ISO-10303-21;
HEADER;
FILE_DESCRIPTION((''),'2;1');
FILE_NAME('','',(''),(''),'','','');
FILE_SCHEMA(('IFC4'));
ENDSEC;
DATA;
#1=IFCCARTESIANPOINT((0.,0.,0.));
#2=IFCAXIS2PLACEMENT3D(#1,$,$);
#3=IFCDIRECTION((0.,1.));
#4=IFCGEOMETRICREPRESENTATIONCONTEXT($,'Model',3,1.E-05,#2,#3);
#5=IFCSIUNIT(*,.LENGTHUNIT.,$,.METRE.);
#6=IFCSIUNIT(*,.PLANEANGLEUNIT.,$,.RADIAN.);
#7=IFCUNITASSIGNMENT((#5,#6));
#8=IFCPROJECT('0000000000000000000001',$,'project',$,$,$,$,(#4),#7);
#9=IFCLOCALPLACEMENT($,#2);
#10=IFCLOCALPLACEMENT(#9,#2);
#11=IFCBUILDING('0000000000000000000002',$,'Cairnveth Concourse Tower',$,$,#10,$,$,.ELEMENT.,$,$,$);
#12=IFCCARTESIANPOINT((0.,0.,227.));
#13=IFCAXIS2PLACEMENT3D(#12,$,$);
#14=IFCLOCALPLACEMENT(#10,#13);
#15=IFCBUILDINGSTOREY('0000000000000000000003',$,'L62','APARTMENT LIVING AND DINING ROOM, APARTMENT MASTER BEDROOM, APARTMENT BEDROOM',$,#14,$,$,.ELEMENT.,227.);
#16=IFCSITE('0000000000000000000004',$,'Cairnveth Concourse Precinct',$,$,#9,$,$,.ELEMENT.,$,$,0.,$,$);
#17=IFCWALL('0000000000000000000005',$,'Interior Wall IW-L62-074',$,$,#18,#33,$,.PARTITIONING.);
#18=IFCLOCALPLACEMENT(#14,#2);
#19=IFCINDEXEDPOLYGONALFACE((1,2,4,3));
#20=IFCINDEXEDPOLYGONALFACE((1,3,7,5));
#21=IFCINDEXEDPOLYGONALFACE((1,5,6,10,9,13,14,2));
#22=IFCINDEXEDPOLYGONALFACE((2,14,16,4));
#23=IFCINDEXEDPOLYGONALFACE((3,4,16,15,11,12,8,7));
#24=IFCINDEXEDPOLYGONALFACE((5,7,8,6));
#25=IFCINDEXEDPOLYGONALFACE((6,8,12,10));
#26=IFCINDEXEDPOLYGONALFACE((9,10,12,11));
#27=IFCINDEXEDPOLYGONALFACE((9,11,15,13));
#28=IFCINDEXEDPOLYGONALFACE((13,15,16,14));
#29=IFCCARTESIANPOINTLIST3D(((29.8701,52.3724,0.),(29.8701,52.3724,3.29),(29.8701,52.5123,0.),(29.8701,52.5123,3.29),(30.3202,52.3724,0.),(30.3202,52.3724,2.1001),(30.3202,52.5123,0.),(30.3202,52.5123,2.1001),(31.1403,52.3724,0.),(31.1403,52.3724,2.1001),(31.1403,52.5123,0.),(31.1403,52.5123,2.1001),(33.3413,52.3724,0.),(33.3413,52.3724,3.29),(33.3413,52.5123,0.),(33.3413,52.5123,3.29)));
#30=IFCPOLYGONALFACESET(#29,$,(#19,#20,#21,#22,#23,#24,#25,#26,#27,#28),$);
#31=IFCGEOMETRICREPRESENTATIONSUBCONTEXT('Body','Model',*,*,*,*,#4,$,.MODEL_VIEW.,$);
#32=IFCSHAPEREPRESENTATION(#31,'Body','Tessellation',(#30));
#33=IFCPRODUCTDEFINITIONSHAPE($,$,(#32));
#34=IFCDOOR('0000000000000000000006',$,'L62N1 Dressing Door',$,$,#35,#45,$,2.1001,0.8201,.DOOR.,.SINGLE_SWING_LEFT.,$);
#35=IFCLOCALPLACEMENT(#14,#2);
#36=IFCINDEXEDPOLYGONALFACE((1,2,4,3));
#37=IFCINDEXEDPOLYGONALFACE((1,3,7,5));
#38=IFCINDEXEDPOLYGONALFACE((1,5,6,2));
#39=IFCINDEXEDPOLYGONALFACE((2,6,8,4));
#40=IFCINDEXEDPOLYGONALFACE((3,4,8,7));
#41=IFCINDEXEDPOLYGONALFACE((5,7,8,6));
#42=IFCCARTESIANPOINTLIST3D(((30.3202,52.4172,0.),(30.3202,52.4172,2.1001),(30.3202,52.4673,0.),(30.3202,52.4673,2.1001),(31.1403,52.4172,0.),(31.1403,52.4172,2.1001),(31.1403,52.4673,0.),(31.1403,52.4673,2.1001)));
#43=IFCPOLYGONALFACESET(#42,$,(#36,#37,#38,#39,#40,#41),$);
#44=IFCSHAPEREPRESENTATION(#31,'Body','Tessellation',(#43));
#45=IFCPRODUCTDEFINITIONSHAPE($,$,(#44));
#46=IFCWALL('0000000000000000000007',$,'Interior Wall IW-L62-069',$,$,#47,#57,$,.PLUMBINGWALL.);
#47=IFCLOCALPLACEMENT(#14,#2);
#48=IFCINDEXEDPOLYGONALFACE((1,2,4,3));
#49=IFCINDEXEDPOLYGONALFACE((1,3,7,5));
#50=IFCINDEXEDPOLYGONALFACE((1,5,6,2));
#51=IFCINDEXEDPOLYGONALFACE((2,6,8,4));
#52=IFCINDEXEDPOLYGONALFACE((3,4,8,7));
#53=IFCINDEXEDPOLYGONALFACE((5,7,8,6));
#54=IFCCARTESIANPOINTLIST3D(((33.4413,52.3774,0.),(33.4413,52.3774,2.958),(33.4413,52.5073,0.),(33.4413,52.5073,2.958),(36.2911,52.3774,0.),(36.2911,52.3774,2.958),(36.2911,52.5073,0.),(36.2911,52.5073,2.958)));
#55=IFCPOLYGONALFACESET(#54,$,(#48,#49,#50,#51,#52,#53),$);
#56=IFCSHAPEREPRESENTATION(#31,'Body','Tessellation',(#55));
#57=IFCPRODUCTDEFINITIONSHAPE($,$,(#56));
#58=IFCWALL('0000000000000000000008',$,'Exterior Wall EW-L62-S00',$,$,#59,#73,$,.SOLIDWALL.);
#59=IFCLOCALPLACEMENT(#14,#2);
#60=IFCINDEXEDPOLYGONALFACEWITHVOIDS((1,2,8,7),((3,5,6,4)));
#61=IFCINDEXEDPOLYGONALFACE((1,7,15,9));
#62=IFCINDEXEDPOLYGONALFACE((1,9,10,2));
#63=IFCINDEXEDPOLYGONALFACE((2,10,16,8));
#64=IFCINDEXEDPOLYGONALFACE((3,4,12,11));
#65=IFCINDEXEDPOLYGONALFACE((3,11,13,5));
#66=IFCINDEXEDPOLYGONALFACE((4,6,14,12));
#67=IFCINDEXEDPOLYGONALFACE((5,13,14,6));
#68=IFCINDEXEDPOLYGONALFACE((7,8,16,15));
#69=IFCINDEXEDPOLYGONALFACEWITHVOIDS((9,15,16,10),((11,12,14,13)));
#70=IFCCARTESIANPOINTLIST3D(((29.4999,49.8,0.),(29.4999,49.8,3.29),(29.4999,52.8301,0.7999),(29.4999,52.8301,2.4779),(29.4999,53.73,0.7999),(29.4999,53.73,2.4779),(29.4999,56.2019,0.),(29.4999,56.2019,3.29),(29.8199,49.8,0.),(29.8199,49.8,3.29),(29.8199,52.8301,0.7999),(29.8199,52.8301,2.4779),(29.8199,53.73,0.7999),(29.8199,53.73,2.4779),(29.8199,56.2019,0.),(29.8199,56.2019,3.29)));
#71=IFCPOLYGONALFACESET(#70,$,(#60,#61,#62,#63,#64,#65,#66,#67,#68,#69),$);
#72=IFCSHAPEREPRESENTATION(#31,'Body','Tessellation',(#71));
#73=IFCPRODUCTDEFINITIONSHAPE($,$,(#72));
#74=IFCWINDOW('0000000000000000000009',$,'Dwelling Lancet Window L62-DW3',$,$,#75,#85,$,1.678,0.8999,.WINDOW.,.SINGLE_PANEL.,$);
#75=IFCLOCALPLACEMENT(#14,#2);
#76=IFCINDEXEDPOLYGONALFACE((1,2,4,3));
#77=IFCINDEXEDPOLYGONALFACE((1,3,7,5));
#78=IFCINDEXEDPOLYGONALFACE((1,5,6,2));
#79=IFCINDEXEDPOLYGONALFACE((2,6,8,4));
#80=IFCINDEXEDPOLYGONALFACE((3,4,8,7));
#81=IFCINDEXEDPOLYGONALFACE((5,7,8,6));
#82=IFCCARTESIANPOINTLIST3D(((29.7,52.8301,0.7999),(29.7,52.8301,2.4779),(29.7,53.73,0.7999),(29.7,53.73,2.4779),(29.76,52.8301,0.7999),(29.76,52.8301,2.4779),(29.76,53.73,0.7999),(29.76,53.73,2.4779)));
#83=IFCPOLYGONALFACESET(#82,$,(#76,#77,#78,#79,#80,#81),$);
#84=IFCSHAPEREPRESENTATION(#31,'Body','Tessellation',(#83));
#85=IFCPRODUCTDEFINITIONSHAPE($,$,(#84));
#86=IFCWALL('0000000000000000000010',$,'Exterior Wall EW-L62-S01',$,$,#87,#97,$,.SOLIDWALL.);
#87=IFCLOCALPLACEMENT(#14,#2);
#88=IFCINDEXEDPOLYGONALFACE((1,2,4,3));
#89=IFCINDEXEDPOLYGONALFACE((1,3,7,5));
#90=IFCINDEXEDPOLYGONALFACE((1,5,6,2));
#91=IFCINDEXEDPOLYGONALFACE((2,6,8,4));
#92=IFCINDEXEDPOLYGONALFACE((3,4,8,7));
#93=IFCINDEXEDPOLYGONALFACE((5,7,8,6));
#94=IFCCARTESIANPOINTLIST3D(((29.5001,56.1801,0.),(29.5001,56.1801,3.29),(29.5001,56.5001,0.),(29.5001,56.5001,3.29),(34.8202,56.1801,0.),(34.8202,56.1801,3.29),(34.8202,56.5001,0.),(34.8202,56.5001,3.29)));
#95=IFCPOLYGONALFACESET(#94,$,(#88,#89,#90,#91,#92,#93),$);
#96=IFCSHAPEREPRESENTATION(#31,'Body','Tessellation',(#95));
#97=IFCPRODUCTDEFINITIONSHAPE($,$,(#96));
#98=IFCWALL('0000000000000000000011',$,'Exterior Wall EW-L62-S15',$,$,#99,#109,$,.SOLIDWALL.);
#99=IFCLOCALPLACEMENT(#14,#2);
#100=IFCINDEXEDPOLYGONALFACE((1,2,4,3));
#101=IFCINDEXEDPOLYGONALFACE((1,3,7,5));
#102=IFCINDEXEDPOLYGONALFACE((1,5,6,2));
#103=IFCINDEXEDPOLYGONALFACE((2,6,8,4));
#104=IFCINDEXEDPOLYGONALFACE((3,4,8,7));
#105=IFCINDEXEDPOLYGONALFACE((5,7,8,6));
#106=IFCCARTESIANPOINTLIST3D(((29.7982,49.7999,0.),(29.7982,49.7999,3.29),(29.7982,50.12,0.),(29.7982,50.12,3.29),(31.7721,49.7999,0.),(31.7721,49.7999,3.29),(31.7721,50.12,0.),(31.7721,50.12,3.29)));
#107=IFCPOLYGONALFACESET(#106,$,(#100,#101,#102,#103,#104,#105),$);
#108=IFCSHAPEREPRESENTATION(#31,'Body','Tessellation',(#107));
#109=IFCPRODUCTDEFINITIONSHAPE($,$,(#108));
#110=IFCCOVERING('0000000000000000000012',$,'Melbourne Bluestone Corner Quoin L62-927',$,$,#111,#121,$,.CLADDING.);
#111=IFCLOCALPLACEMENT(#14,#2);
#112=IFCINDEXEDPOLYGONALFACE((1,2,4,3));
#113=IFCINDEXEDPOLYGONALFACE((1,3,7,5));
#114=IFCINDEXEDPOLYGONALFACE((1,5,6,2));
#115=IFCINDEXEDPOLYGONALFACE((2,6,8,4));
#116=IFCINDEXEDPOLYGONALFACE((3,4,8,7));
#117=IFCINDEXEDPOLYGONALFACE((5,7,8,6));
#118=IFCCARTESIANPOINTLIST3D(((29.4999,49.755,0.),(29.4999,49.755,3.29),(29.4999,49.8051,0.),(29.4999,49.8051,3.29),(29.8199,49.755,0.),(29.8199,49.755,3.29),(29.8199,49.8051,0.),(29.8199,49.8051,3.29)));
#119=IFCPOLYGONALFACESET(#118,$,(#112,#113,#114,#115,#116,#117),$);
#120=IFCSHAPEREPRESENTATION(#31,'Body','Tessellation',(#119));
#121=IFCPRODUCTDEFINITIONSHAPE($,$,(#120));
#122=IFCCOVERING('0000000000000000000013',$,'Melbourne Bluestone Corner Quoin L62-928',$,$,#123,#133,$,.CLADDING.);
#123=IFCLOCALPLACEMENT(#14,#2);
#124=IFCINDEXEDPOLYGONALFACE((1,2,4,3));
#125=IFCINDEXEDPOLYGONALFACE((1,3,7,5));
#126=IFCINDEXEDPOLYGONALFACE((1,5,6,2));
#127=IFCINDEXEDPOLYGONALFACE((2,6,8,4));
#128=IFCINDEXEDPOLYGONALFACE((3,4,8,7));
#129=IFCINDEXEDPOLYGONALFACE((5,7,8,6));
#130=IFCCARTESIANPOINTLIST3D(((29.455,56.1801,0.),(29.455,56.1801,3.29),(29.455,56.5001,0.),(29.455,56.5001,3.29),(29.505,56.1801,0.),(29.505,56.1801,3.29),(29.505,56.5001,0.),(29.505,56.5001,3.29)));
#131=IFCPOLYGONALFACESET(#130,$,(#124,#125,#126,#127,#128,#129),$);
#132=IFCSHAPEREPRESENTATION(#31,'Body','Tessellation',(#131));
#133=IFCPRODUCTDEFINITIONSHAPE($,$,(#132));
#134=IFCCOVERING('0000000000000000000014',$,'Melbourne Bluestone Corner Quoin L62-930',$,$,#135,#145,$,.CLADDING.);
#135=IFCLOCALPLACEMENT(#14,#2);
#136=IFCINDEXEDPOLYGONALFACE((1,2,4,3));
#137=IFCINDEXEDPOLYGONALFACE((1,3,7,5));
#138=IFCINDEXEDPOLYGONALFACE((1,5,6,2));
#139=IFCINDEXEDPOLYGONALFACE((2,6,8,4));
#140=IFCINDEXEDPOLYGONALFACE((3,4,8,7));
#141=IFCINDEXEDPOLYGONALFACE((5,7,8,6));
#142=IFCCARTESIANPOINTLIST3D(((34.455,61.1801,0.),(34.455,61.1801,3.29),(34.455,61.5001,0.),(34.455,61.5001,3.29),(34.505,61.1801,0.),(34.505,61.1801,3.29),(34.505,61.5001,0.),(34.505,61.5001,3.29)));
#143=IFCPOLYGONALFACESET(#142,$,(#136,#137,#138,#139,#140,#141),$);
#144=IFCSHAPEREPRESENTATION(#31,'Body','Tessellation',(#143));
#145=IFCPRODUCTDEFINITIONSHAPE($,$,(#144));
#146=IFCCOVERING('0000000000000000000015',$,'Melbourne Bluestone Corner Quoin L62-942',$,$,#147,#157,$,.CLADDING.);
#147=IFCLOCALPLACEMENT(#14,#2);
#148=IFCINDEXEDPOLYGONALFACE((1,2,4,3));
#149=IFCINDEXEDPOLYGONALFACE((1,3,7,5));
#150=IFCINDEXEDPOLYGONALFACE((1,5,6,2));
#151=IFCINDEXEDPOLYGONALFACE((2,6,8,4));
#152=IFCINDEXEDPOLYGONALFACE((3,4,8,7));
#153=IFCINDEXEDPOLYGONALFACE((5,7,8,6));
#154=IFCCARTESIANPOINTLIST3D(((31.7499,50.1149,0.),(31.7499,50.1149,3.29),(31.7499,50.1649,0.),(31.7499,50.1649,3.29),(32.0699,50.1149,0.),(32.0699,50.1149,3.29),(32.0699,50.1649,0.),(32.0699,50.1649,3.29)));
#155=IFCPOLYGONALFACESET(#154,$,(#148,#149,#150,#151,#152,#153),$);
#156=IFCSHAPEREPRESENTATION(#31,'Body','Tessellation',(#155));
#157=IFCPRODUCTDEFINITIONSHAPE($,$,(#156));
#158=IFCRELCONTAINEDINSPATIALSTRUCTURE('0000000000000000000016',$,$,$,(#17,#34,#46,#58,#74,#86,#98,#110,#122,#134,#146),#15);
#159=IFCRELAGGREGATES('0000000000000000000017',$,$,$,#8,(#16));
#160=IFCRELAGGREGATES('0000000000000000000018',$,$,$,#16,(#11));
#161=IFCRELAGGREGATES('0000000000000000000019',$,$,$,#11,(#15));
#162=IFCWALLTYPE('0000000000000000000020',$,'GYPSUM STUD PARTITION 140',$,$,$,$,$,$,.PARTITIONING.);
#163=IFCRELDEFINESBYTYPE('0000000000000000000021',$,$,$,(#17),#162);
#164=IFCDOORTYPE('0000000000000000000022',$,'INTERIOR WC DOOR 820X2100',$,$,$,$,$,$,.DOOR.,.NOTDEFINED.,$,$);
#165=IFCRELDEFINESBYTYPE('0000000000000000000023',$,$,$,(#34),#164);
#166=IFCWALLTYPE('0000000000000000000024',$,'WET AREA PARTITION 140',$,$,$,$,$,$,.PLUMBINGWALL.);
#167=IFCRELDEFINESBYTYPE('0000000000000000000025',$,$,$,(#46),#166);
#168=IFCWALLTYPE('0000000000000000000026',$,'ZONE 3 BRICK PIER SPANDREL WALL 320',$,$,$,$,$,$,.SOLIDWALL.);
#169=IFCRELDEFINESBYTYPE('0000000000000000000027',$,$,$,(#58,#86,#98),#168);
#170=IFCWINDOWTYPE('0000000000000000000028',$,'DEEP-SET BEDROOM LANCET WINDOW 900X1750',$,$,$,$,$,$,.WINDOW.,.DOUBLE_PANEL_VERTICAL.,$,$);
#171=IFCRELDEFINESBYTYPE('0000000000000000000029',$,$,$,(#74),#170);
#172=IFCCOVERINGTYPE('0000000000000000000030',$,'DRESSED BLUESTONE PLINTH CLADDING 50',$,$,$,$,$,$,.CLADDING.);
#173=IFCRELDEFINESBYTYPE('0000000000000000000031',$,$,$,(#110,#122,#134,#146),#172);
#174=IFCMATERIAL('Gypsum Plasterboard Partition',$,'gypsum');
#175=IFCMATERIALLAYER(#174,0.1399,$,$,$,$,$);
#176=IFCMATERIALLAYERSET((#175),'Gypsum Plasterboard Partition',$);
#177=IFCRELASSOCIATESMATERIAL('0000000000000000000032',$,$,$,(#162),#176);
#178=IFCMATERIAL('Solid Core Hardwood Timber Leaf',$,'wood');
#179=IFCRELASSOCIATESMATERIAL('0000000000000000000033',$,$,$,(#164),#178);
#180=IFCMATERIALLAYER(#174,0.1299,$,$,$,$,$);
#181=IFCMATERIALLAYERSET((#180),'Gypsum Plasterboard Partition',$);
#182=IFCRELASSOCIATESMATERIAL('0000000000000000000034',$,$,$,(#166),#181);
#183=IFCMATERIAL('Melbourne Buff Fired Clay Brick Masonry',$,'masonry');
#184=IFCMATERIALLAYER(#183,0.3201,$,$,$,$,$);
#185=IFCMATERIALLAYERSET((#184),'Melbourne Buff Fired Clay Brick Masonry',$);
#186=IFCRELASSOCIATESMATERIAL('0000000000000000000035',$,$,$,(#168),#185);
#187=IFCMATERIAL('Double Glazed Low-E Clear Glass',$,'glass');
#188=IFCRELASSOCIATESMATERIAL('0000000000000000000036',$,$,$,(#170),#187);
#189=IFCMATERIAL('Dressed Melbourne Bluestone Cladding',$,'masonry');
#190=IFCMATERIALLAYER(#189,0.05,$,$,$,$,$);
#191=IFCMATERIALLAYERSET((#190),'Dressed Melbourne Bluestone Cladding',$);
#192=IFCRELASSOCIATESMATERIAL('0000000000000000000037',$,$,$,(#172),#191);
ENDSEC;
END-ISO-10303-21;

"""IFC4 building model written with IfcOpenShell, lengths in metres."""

from ifc_helpers import new_model, si_unit, direction, frame, frame_2d, origin, place, context, subcontext, project, spatial, rectangle, extrude, material, layer, layer_set, type_object, element, fill, save


model = new_model("IFC4")

# Units and contexts
model_context = context("Model", 3, precision=1e-05, world=origin(), true_north=direction((0.0, 1.0)))
body_context = subcontext(model_context, "Body", "Model", "MODEL_VIEW")
ifc_project = project(units=[si_unit("LENGTHUNIT", "METRE"), si_unit("PLANEANGLEUNIT", "RADIAN")], contexts=[model_context])

# Site, building, storey
site_placement = place(None, origin())
site = spatial("IfcSite", under=ifc_project, at=site_placement, Name="Cairnveth Concourse Precinct", CompositionType="ELEMENT", RefElevation=0.0)
building_placement = place(site_placement, origin())
building = spatial("IfcBuilding", under=site, at=building_placement, Name="Cairnveth Concourse Tower", CompositionType="ELEMENT")
storey_placement = place(building_placement, frame((0.0, 0.0, 227.0)))
storey = spatial("IfcBuildingStorey", under=building, at=storey_placement, Name="L62", Description="APARTMENT LIVING AND DINING ROOM, APARTMENT MASTER BEDROOM, APARTMENT BEDROOM", CompositionType="ELEMENT", Elevation=227.0)

# Wall, opening, door
ifc_material_1 = material(Name="Gypsum Plasterboard Partition", Category="gypsum")
ifc_layer_1 = layer(ifc_material_1, 0.1399)
ifc_layer_set_1 = layer_set([ifc_layer_1], Name="Gypsum Plasterboard Partition")
wall_type_1 = type_object("IfcWallType", Name="GYPSUM STUD PARTITION 140", PredefinedType="PARTITIONING", material=ifc_layer_set_1)
wall_1_placement = place(storey_placement, frame((29.8701, 52.4424, 0.0), z_axis=(0.0, 0.0, 1.0), x_axis=(1.0, 0.0, 0.0)))
wall_1 = element("IfcWall", 1, at=wall_1_placement, inside=storey, type_object=wall_type_1, Name="Interior Wall IW-L62-074", PredefinedType="PARTITIONING", context=body_context, shape_type="SweptSolid", body=[
    extrude(rectangle(XDim=3.4712, YDim=0.1399, at=frame_2d((1.7356, 0.0))), origin(), (0.0, 0.0, 1.0), 3.29),
])
opening_1_placement = place(wall_1_placement, frame((0.45, 0.0, 0.0)))
opening_1 = element("IfcOpeningElement", 2, at=opening_1_placement, cuts=wall_1, PredefinedType="OPENING", context=body_context, shape_type="SweptSolid", body=[
    extrude(rectangle(XDim=0.8201, YDim=2.1001, at=frame_2d((0.4102, 1.05))), frame((0.0, 0.0798, 0.0), z_axis=(0.0, -1.0, 0.0), x_axis=(1.0, 0.0, 0.0)), (0.0, 0.0, 1.0), 0.1599),
])
ifc_material_2 = material(Name="Solid Core Hardwood Timber Leaf", Category="wood")
door_type = type_object("IfcDoorType", Name="INTERIOR WC DOOR 820X2100", OperationType="NOTDEFINED", PredefinedType="DOOR", material=ifc_material_2)
door_placement = place(opening_1_placement, origin())
door = element("IfcDoor", 3, at=door_placement, inside=storey, type_object=door_type, Name="L62N1 Dressing Door", OperationType="SINGLE_SWING_LEFT", OverallHeight=2.1001, OverallWidth=0.8201, PredefinedType="DOOR", context=body_context, shape_type="SweptSolid", body=[
    extrude(rectangle(XDim=0.8201, YDim=2.1001, at=frame_2d((0.4102, 1.05))), frame((0.0, 0.0249, 0.0), z_axis=(0.0, -1.0, 0.0), x_axis=(1.0, 0.0, 0.0)), (0.0, 0.0, 1.0), 0.05),
])
fill(opening_1, door)

# Wall
ifc_layer_2 = layer(ifc_material_1, 0.1299)
ifc_layer_set_2 = layer_set([ifc_layer_2], Name="Gypsum Plasterboard Partition")
wall_type_2 = type_object("IfcWallType", Name="WET AREA PARTITION 140", PredefinedType="PLUMBINGWALL", material=ifc_layer_set_2)
wall_2_placement = place(storey_placement, frame((33.4414, 52.4424, 0.0), z_axis=(0.0, 0.0, 1.0), x_axis=(1.0, 0.0, 0.0)))
element("IfcWall", 4, at=wall_2_placement, inside=storey, type_object=wall_type_2, Name="Interior Wall IW-L62-069", PredefinedType="PLUMBINGWALL", context=body_context, shape_type="SweptSolid", body=[
    extrude(rectangle(XDim=2.8499, YDim=0.1299, at=frame_2d((1.4248, 0.0))), origin(), (0.0, 0.0, 1.0), 2.958),
])

# Wall, opening, window
ifc_material_3 = material(Name="Melbourne Buff Fired Clay Brick Masonry", Category="masonry")
ifc_layer_3 = layer(ifc_material_3, 0.3201)
ifc_layer_set_3 = layer_set([ifc_layer_3], Name="Melbourne Buff Fired Clay Brick Masonry")
wall_type_3 = type_object("IfcWallType", Name="ZONE 3 BRICK PIER SPANDREL WALL 320", PredefinedType="SOLIDWALL", material=ifc_layer_set_3)
wall_3_placement = place(storey_placement, frame((29.6599, 49.8, 0.0), z_axis=(0.0, 0.0, 1.0), x_axis=(0.0, 1.0, 0.0)))
wall_3 = element("IfcWall", 5, at=wall_3_placement, inside=storey, type_object=wall_type_3, Name="Exterior Wall EW-L62-S00", PredefinedType="SOLIDWALL", context=body_context, shape_type="SweptSolid", body=[
    extrude(rectangle(XDim=6.4019, YDim=0.3201, at=frame_2d((3.2009, 0.0))), origin(), (0.0, 0.0, 1.0), 3.29),
])
opening_2_placement = place(wall_3_placement, frame((3.03, 0.0, 0.8)))
opening_2 = element("IfcOpeningElement", 6, at=opening_2_placement, cuts=wall_3, PredefinedType="OPENING", context=body_context, shape_type="SweptSolid", body=[
    extrude(rectangle(XDim=0.8999, YDim=1.678, at=frame_2d((0.45, 0.8389))), frame((0.0, 0.1699, 0.0), z_axis=(0.0, -1.0, 0.0), x_axis=(1.0, 0.0, 0.0)), (0.0, 0.0, 1.0), 0.3401),
])
ifc_material_4 = material(Name="Double Glazed Low-E Clear Glass", Category="glass")
window_type = type_object("IfcWindowType", Name="DEEP-SET BEDROOM LANCET WINDOW 900X1750", PartitioningType="DOUBLE_PANEL_VERTICAL", PredefinedType="WINDOW", material=ifc_material_4)
window_placement = place(opening_2_placement, origin())
window = element("IfcWindow", 7, at=window_placement, inside=storey, type_object=window_type, Name="Dwelling Lancet Window L62-DW3", OverallHeight=1.678, OverallWidth=0.8999, PartitioningType="SINGLE_PANEL", PredefinedType="WINDOW", context=body_context, shape_type="SweptSolid", body=[
    extrude(rectangle(XDim=0.8999, YDim=1.678, at=frame_2d((0.45, 0.8389))), frame((0.0, -0.04, 0.0), z_axis=(0.0, -1.0, 0.0), x_axis=(1.0, 0.0, 0.0)), (0.0, 0.0, 1.0), 0.0601),
])
fill(opening_2, window)

# Walls
wall_4_placement = place(storey_placement, frame((29.5, 56.3401, 0.0), z_axis=(0.0, 0.0, 1.0), x_axis=(1.0, 0.0, 0.0)))
element("IfcWall", 8, at=wall_4_placement, inside=storey, type_object=wall_type_3, Name="Exterior Wall EW-L62-S01", PredefinedType="SOLIDWALL", context=body_context, shape_type="SweptSolid", body=[
    extrude(rectangle(XDim=5.3201, YDim=0.3201, at=frame_2d((2.6602, 0.0))), origin(), (0.0, 0.0, 1.0), 3.29),
])
wall_5_placement = place(storey_placement, frame((31.772, 49.96, 0.0), z_axis=(0.0, 0.0, 1.0), x_axis=(-1.0, 0.0, 0.0)))
element("IfcWall", 9, at=wall_5_placement, inside=storey, type_object=wall_type_3, Name="Exterior Wall EW-L62-S15", PredefinedType="SOLIDWALL", context=body_context, shape_type="SweptSolid", body=[
    extrude(rectangle(XDim=1.9739, YDim=0.3201, at=frame_2d((0.9868, 0.0))), origin(), (0.0, 0.0, 1.0), 3.29),
])

# Coverings
ifc_material_5 = material(Name="Dressed Melbourne Bluestone Cladding", Category="masonry")
ifc_layer_4 = layer(ifc_material_5, 0.05)
ifc_layer_set_4 = layer_set([ifc_layer_4], Name="Dressed Melbourne Bluestone Cladding")
covering_type = type_object("IfcCoveringType", Name="DRESSED BLUESTONE PLINTH CLADDING 50", PredefinedType="CLADDING", material=ifc_layer_set_4)
for number, where, z_axis, x_axis, name in (
    (10, (29.8201, 49.78, 0.0), (0.0, 0.0, 1.0), (-1.0, 0.0, 0.0), "Melbourne Bluestone Corner Quoin L62-927"),
    (11, (29.48, 56.1799, 0.0), (0.0, 0.0, 1.0), (0.0, 1.0, 0.0), "Melbourne Bluestone Corner Quoin L62-928"),
    (12, (34.48, 61.1799, 0.0), (0.0, 0.0, 1.0), (0.0, 1.0, 0.0), "Melbourne Bluestone Corner Quoin L62-930"),
    (13, (32.0701, 50.1399, 0.0), (0.0, 0.0, 1.0), (-1.0, 0.0, 0.0), "Melbourne Bluestone Corner Quoin L62-942"),
):
    element("IfcCovering", number, at=place(storey_placement, frame(where, z_axis=z_axis, x_axis=x_axis)), inside=storey, type_object=covering_type, Name=name, PredefinedType="CLADDING", context=body_context, shape_type="SweptSolid", body=[
        extrude(rectangle(XDim=0.3201, YDim=0.05, at=frame_2d((0.1602, 0.0))), origin(), (0.0, 0.0, 1.0), 3.29),
    ])

save(model, "model.ifc")
